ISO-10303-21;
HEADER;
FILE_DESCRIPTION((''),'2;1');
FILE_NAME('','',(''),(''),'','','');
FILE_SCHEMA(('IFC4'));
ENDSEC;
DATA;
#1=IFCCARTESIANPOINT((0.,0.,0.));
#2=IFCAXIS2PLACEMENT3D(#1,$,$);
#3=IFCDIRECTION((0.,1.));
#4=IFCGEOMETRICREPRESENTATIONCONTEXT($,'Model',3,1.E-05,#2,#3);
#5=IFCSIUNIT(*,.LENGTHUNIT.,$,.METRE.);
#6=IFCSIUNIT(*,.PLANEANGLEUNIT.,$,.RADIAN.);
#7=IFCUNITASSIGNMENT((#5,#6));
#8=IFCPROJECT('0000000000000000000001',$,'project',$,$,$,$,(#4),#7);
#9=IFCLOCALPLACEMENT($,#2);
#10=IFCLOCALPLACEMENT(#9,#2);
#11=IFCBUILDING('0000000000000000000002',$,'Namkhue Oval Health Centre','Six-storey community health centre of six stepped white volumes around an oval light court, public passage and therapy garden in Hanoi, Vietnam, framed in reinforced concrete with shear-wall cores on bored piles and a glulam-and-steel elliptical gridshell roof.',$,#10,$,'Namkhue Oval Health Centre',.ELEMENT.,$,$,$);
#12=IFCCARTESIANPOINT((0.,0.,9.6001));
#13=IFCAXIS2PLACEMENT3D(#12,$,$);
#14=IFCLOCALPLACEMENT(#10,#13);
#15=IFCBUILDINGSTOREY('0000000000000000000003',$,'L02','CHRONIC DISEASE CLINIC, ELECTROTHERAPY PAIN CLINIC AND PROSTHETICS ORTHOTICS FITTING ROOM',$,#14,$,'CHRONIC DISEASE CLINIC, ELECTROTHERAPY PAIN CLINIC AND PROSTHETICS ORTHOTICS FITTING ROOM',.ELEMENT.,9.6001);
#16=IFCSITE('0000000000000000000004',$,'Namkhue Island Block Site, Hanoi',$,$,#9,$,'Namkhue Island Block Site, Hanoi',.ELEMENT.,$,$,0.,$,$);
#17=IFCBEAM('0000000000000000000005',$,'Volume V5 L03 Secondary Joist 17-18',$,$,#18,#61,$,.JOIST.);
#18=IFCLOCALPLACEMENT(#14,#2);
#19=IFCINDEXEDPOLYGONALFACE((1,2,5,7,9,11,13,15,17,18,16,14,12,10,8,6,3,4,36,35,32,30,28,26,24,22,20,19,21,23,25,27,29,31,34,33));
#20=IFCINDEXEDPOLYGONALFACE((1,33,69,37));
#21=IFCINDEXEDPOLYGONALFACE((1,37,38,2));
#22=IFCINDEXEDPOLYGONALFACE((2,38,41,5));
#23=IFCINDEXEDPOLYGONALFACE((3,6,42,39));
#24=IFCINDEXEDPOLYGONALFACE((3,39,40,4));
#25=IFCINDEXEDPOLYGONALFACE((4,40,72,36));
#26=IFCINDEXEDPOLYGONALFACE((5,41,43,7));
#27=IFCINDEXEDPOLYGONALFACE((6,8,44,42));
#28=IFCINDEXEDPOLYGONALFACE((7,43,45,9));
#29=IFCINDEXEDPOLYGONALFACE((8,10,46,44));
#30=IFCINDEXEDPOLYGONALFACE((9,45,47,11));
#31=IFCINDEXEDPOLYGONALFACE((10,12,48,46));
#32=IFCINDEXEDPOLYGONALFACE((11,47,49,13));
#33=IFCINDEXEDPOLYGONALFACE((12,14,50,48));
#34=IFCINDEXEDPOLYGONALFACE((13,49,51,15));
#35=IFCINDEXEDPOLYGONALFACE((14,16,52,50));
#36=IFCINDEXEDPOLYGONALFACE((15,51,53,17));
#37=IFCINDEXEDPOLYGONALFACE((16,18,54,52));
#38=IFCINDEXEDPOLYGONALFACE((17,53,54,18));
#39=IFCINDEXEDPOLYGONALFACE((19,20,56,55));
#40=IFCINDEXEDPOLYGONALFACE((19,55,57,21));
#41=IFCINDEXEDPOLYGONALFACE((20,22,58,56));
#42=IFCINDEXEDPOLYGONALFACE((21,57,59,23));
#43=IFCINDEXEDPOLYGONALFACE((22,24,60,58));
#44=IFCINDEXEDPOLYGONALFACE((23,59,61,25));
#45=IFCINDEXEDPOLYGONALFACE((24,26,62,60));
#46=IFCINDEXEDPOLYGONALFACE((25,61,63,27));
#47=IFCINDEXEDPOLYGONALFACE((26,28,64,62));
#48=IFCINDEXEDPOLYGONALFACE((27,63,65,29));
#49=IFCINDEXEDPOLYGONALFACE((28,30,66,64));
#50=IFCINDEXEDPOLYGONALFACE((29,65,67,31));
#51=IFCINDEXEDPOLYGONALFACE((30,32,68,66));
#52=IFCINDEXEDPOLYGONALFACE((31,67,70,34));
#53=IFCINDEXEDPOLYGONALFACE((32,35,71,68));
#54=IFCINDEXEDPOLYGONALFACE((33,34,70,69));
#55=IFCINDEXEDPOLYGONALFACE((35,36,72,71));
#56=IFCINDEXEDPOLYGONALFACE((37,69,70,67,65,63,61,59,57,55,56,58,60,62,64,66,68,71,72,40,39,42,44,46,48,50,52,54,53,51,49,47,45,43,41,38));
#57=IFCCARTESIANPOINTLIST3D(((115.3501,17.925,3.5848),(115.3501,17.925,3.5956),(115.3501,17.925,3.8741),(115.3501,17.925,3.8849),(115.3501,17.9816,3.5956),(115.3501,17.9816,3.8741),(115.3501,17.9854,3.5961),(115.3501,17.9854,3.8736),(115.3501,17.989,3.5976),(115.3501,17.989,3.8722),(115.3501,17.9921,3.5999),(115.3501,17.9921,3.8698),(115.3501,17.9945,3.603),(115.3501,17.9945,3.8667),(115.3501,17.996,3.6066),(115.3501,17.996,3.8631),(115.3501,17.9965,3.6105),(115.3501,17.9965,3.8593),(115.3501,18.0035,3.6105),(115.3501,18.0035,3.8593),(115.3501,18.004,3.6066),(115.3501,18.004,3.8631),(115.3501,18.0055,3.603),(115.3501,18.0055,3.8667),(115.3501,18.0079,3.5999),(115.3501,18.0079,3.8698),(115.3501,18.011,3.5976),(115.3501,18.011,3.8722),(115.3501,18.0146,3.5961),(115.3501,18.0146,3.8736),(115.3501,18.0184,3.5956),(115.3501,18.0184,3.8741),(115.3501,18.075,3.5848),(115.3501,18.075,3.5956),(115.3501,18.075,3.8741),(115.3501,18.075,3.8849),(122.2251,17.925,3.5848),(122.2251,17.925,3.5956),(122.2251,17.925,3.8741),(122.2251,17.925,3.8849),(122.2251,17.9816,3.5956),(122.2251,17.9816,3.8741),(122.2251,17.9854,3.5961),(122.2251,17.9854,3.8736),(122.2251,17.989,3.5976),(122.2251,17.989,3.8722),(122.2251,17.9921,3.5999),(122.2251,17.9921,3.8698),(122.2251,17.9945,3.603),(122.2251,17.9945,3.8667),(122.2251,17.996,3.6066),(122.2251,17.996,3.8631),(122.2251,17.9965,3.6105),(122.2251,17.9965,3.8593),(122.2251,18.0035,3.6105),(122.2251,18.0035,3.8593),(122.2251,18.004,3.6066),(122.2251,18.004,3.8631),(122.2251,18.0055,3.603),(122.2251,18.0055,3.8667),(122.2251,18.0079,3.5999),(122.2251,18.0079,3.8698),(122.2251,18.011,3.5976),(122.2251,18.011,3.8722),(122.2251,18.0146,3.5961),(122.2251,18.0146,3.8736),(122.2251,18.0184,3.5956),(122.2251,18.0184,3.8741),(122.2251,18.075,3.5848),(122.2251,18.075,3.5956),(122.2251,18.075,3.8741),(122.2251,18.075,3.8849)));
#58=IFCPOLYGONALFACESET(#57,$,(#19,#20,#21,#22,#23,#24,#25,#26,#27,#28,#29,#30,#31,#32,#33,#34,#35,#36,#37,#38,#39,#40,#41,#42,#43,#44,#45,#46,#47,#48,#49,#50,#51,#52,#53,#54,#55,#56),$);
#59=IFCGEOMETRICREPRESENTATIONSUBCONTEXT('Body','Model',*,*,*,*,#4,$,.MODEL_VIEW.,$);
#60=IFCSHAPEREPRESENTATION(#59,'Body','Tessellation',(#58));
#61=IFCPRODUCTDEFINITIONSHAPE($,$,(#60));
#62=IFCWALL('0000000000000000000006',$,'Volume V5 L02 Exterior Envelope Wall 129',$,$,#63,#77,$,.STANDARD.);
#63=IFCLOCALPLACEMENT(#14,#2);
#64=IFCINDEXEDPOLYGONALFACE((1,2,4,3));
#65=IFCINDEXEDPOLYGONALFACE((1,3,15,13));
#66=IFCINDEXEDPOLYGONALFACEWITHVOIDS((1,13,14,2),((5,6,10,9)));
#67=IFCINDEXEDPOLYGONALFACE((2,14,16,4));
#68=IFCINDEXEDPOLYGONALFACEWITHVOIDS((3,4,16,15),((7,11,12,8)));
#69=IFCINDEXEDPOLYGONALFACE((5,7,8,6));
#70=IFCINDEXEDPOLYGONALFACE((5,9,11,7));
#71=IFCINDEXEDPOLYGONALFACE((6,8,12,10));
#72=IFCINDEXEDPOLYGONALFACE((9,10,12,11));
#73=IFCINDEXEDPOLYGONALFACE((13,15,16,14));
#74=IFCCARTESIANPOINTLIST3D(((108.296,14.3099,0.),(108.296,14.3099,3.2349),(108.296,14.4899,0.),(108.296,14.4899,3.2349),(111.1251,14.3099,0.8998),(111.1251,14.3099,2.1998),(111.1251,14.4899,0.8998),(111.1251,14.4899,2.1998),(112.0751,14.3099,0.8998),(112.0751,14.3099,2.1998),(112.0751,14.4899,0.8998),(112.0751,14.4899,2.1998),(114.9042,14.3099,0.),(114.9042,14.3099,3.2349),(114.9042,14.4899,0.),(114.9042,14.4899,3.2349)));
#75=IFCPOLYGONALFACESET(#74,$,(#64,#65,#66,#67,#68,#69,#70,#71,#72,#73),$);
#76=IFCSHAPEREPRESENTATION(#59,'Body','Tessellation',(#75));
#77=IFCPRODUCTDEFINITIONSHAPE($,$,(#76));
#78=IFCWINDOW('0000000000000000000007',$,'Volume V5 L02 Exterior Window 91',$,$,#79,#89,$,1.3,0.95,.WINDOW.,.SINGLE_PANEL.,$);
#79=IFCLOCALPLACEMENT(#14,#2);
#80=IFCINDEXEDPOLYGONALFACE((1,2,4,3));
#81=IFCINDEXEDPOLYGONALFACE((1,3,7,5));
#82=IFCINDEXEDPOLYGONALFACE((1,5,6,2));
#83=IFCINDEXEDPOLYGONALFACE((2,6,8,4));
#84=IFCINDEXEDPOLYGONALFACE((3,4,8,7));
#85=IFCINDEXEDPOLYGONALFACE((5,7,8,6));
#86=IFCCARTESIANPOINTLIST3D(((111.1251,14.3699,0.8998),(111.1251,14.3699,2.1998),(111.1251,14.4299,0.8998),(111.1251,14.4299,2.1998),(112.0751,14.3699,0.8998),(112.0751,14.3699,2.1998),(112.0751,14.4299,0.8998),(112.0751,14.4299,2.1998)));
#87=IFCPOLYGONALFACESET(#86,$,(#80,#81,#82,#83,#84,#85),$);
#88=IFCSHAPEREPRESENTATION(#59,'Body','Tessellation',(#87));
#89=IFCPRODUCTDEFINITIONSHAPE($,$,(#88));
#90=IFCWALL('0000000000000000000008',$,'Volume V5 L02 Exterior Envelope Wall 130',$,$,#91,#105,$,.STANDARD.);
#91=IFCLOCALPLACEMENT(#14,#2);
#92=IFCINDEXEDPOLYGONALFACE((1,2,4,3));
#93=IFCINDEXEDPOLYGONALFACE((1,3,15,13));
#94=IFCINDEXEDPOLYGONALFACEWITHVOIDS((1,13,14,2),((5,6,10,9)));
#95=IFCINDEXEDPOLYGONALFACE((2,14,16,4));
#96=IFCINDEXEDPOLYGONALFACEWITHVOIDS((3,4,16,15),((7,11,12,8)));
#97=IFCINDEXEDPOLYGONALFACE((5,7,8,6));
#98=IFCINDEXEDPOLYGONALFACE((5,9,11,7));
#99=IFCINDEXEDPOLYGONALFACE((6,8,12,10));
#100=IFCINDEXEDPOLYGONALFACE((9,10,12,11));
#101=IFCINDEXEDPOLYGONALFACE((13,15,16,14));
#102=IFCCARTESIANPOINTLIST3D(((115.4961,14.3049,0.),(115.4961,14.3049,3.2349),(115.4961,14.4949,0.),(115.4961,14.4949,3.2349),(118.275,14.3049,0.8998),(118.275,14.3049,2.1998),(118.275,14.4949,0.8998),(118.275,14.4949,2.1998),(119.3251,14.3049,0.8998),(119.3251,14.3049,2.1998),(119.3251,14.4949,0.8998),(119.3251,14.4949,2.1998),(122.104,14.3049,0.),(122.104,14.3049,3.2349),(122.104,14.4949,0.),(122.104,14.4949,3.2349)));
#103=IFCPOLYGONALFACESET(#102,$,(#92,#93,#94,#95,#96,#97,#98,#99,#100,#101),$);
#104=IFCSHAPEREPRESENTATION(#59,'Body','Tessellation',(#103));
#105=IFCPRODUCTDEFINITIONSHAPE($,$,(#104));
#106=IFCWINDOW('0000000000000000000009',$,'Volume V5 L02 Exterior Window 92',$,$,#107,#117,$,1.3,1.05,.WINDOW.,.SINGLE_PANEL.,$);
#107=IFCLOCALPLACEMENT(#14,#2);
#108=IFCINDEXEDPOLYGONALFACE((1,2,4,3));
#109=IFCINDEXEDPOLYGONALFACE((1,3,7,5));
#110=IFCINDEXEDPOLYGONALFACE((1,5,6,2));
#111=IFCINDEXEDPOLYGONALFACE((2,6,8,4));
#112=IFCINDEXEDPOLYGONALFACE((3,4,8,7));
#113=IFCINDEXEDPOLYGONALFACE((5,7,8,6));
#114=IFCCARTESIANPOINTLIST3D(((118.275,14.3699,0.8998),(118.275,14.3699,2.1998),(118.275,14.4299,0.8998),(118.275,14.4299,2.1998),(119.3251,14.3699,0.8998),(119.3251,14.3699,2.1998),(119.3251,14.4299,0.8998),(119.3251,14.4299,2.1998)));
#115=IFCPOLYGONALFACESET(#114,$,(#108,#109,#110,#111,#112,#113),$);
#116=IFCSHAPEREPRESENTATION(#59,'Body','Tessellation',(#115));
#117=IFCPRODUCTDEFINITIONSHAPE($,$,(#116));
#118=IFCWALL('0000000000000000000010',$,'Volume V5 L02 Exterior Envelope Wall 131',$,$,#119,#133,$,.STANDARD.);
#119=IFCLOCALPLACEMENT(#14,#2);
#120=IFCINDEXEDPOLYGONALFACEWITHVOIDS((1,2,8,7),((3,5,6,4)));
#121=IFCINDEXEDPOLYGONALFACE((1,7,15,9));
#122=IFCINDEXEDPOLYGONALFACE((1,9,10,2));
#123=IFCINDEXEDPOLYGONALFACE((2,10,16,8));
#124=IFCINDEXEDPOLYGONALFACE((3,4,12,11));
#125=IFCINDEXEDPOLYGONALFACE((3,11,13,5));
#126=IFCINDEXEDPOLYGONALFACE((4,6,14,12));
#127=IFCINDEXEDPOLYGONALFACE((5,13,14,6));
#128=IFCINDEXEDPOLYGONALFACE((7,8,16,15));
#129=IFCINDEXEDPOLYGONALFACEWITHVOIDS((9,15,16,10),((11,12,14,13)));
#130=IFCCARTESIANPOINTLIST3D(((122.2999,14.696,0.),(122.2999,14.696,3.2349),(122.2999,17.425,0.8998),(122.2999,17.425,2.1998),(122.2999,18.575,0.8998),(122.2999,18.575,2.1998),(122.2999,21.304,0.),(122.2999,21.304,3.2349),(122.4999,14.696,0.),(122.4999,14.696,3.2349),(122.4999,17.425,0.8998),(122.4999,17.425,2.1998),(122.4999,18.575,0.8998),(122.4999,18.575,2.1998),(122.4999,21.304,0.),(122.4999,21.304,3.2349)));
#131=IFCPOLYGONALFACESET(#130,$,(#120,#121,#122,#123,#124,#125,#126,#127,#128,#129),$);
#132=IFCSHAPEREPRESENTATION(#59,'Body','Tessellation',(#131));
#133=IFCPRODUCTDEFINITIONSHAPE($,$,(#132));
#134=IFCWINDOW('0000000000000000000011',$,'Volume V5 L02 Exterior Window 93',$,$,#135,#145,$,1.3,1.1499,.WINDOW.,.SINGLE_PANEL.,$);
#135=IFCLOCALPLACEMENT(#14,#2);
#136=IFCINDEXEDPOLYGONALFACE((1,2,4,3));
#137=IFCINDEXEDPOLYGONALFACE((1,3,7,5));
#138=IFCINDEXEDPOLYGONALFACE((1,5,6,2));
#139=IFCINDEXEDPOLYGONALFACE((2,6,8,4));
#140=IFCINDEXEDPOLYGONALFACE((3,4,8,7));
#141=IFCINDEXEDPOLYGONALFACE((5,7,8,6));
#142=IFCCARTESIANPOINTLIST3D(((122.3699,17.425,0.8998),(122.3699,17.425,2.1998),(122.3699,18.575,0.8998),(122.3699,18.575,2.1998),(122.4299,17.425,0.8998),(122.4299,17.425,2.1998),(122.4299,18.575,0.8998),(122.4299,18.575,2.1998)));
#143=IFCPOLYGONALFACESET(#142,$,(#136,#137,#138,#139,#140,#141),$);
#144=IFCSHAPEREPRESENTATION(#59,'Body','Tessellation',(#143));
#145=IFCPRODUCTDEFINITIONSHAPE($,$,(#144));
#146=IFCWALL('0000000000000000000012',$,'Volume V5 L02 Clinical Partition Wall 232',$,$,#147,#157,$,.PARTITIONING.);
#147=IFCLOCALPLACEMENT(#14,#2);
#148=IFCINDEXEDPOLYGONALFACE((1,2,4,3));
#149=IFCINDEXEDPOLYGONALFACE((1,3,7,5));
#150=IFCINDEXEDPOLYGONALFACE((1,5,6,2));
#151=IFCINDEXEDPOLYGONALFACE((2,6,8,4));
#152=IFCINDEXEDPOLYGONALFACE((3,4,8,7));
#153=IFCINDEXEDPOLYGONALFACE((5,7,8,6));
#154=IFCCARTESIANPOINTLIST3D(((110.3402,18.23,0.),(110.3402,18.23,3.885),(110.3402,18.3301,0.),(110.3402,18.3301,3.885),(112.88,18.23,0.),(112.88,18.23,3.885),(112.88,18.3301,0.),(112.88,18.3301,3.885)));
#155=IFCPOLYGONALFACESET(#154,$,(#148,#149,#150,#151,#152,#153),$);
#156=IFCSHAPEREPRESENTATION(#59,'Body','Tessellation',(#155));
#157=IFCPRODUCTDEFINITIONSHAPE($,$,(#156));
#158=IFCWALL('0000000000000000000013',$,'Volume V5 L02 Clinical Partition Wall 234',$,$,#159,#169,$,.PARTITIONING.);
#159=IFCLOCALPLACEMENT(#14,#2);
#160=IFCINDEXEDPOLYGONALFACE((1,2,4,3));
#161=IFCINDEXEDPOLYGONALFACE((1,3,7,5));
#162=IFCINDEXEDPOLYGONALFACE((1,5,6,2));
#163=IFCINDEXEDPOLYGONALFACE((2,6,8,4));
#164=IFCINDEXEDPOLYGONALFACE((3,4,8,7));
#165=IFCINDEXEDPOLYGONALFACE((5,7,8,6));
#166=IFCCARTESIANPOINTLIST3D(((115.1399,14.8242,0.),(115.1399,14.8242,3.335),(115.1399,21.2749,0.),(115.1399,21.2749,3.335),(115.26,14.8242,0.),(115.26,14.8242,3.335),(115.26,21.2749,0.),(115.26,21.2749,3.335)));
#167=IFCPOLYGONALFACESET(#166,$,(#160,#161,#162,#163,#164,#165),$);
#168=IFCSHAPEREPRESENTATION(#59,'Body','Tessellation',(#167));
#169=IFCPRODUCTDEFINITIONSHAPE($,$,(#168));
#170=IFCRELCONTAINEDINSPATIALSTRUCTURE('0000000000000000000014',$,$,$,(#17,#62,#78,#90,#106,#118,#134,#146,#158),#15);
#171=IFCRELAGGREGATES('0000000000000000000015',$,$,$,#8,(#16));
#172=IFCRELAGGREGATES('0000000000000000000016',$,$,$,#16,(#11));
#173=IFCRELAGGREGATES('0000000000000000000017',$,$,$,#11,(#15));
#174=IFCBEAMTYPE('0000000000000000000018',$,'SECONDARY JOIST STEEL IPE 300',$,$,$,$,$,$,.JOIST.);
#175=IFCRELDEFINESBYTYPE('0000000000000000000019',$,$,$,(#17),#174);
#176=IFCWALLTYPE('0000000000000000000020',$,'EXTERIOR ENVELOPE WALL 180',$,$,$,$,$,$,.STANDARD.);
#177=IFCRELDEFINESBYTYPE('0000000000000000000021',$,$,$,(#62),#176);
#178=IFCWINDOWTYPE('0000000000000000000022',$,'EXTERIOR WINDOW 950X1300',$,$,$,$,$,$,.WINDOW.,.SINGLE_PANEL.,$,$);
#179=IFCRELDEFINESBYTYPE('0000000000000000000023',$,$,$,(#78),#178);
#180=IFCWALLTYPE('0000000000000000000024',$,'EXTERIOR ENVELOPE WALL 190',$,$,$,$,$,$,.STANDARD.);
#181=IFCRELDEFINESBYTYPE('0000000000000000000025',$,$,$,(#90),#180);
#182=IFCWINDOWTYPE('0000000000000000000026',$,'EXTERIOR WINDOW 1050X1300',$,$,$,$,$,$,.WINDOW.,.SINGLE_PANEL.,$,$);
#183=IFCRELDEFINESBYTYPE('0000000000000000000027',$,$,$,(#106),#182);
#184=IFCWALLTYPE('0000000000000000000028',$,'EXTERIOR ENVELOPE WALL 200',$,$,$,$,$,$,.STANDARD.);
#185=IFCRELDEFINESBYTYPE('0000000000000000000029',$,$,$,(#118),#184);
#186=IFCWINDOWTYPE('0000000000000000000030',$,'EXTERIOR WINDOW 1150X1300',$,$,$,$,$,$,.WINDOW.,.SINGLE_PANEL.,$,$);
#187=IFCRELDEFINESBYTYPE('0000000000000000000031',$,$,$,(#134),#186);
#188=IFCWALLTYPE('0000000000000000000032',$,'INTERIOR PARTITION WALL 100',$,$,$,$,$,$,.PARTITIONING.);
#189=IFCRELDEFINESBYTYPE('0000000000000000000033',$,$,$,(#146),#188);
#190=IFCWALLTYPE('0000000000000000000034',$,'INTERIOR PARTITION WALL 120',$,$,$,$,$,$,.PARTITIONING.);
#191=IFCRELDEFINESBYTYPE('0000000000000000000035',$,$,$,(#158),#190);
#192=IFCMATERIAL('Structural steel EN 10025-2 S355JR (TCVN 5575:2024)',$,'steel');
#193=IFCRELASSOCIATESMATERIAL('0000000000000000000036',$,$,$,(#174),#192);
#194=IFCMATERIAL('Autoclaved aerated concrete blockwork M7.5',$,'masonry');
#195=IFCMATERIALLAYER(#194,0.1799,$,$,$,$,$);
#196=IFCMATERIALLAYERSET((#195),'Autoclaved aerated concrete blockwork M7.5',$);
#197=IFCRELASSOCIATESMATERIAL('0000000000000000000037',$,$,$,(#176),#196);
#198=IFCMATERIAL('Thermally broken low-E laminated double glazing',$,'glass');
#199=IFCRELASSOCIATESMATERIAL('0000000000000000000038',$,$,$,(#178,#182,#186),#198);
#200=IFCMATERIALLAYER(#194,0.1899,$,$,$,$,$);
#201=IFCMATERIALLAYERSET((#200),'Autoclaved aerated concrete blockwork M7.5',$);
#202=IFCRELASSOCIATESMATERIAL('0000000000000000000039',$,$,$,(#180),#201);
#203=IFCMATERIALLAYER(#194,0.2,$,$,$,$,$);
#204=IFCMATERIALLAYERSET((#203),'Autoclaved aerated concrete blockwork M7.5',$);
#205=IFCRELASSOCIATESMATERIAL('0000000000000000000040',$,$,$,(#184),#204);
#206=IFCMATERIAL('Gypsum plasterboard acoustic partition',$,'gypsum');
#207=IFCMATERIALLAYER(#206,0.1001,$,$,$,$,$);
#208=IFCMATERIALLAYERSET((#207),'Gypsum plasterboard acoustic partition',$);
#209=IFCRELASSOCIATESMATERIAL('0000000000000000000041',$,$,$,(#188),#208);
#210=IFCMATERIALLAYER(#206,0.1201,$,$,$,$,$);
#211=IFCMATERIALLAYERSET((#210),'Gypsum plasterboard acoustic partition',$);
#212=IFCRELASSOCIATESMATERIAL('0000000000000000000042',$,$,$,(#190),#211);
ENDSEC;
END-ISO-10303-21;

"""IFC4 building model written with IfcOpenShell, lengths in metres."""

from ifc_helpers import new_model, si_unit, direction, frame, frame_2d, origin, origin_2d, place, context, subcontext, project, spatial, rectangle, i_section, extrude, material, layer, layer_set, material_profile, profile_set, type_object, element, fill, save


model = new_model("IFC4")

# Units and contexts
model_context = context("Model", 3, precision=1e-05, world=origin(), true_north=direction((0.0, 1.0)))
body_context = subcontext(model_context, "Body", "Model", "MODEL_VIEW")
ifc_project = project(units=[si_unit("LENGTHUNIT", "METRE"), si_unit("PLANEANGLEUNIT", "RADIAN")], contexts=[model_context])

# Site, building, storey
site_placement = place(None, origin())
site = spatial("IfcSite", under=ifc_project, at=site_placement, Name="Namkhue Island Block Site, Hanoi", LongName="Namkhue Island Block Site, Hanoi", CompositionType="ELEMENT", RefElevation=0.0)
building_placement = place(site_placement, origin())
building = spatial("IfcBuilding", under=site, at=building_placement, Name="Namkhue Oval Health Centre", Description="Six-storey community health centre of six stepped white volumes around an oval light court, public passage and therapy garden in Hanoi, Vietnam, framed in reinforced concrete with shear-wall cores on bored piles and a glulam-and-steel elliptical gridshell roof.", LongName="Namkhue Oval Health Centre", CompositionType="ELEMENT")
storey_placement = place(building_placement, frame((0.0, 0.0, 9.6001)))
storey = spatial("IfcBuildingStorey", under=building, at=storey_placement, Name="L02", Description="CHRONIC DISEASE CLINIC, ELECTROTHERAPY PAIN CLINIC AND PROSTHETICS ORTHOTICS FITTING ROOM", LongName="CHRONIC DISEASE CLINIC, ELECTROTHERAPY PAIN CLINIC AND PROSTHETICS ORTHOTICS FITTING ROOM", CompositionType="ELEMENT", Elevation=9.6001)

# Beam
ifc_material_1 = material(Name="Structural steel EN 10025-2 S355JR (TCVN 5575:2024)", Category="steel")
ifc_material_profile_1 = material_profile(ifc_material_1, i_section(OverallWidth=0.1499, OverallDepth=0.3, WebThickness=0.0071, FlangeThickness=0.0107, FilletRadius=0.0149, at=origin_2d()), Name="IPE 300")
ifc_profile_set_1 = profile_set([ifc_material_profile_1], Name="Structural steel EN 10025-2 S355JR (TCVN 5575:2024)")
beam_type_1 = type_object("IfcBeamType", Name="SECONDARY JOIST STEEL IPE 300", PredefinedType="JOIST", material=ifc_profile_set_1)
beam_1_placement = place(storey_placement, frame((115.3501, 18.0, 3.7349), z_axis=(1.0, 0.0, 0.0), x_axis=(0.0, 1.0, 0.0)))
element("IfcBeam", 1, at=beam_1_placement, inside=storey, type_object=beam_type_1, Name="Volume V5 L03 Secondary Joist 17-18", PredefinedType="JOIST", context=body_context, shape_type="SweptSolid", body=[
    extrude(i_section(OverallWidth=0.1499, OverallDepth=0.3, WebThickness=0.0071, FlangeThickness=0.0107, FilletRadius=0.0149, at=origin_2d()), origin(), (0.0, 0.0, 1.0), 6.875),
])

# Walls, openings, windows
ifc_material_2 = material(Name="Autoclaved aerated concrete blockwork M7.5", Category="masonry")
ifc_layer_1 = layer(ifc_material_2, 0.1799)
ifc_layer_set_1 = layer_set([ifc_layer_1], Name="Autoclaved aerated concrete blockwork M7.5")
wall_type_1 = type_object("IfcWallType", Name="EXTERIOR ENVELOPE WALL 180", PredefinedType="STANDARD", material=ifc_layer_set_1)
wall_1_placement = place(storey_placement, frame((108.2959, 14.3999, 0.0), z_axis=(0.0, 0.0, 1.0), x_axis=(1.0, 0.0, 0.0)))
wall_1 = element("IfcWall", 2, at=wall_1_placement, inside=storey, type_object=wall_type_1, Name="Volume V5 L02 Exterior Envelope Wall 129", PredefinedType="STANDARD", context=body_context, shape_type="SweptSolid", body=[
    extrude(rectangle(XDim=6.6082, YDim=0.1799, at=frame_2d((3.3042, 0.0))), origin(), (0.0, 0.0, 1.0), 3.2349),
])
opening_1_placement = place(wall_1_placement, frame((2.8291, 0.0, 0.8999)))
opening_1 = element("IfcOpeningElement", 3, at=opening_1_placement, cuts=wall_1, PredefinedType="OPENING", context=body_context, shape_type="SweptSolid", body=[
    extrude(rectangle(XDim=0.95, YDim=1.3, at=frame_2d((0.4751, 0.6499))), frame((0.0, 0.0999, 0.0), z_axis=(0.0, -1.0, 0.0), x_axis=(1.0, 0.0, 0.0)), (0.0, 0.0, 1.0), 0.2),
])
ifc_material_3 = material(Name="Thermally broken low-E laminated double glazing", Category="glass")
window_type_1 = type_object("IfcWindowType", Name="EXTERIOR WINDOW 950X1300", PartitioningType="SINGLE_PANEL", PredefinedType="WINDOW", material=ifc_material_3)
window_1_placement = place(opening_1_placement, origin())
window_1 = element("IfcWindow", 4, at=window_1_placement, inside=storey, type_object=window_type_1, Name="Volume V5 L02 Exterior Window 91", OverallHeight=1.3, OverallWidth=0.95, PartitioningType="SINGLE_PANEL", PredefinedType="WINDOW", context=body_context, shape_type="SweptSolid", body=[
    extrude(rectangle(XDim=0.95, YDim=1.3, at=frame_2d((0.4751, 0.6499))), frame((0.0, 0.03, 0.0), z_axis=(0.0, -1.0, 0.0), x_axis=(1.0, 0.0, 0.0)), (0.0, 0.0, 1.0), 0.0601),
])
fill(opening_1, window_1)
ifc_layer_2 = layer(ifc_material_2, 0.1899)
ifc_layer_set_2 = layer_set([ifc_layer_2], Name="Autoclaved aerated concrete blockwork M7.5")
wall_type_2 = type_object("IfcWallType", Name="EXTERIOR ENVELOPE WALL 190", PredefinedType="STANDARD", material=ifc_layer_set_2)
wall_2_placement = place(storey_placement, frame((115.4961, 14.3999, 0.0), z_axis=(0.0, 0.0, 1.0), x_axis=(1.0, 0.0, 0.0)))
wall_2 = element("IfcWall", 5, at=wall_2_placement, inside=storey, type_object=wall_type_2, Name="Volume V5 L02 Exterior Envelope Wall 130", PredefinedType="STANDARD", context=body_context, shape_type="SweptSolid", body=[
    extrude(rectangle(XDim=6.6079, YDim=0.1899, at=frame_2d((3.304, 0.0))), origin(), (0.0, 0.0, 1.0), 3.2349),
])
opening_2_placement = place(wall_2_placement, frame((2.7791, 0.0, 0.8999)))
opening_2 = element("IfcOpeningElement", 6, at=opening_2_placement, cuts=wall_2, PredefinedType="OPENING", context=body_context, shape_type="SweptSolid", body=[
    extrude(rectangle(XDim=1.05, YDim=1.3, at=frame_2d((0.5249, 0.6499))), frame((0.0, 0.105, 0.0), z_axis=(0.0, -1.0, 0.0), x_axis=(1.0, 0.0, 0.0)), (0.0, 0.0, 1.0), 0.21),
])
window_type_2 = type_object("IfcWindowType", Name="EXTERIOR WINDOW 1050X1300", PartitioningType="SINGLE_PANEL", PredefinedType="WINDOW", material=ifc_material_3)
window_2_placement = place(opening_2_placement, origin())
window_2 = element("IfcWindow", 7, at=window_2_placement, inside=storey, type_object=window_type_2, Name="Volume V5 L02 Exterior Window 92", OverallHeight=1.3, OverallWidth=1.05, PartitioningType="SINGLE_PANEL", PredefinedType="WINDOW", context=body_context, shape_type="SweptSolid", body=[
    extrude(rectangle(XDim=1.05, YDim=1.3, at=frame_2d((0.5249, 0.6499))), frame((0.0, 0.03, 0.0), z_axis=(0.0, -1.0, 0.0), x_axis=(1.0, 0.0, 0.0)), (0.0, 0.0, 1.0), 0.0601),
])
fill(opening_2, window_2)
ifc_layer_3 = layer(ifc_material_2, 0.2)
ifc_layer_set_3 = layer_set([ifc_layer_3], Name="Autoclaved aerated concrete blockwork M7.5")
wall_type_3 = type_object("IfcWallType", Name="EXTERIOR ENVELOPE WALL 200", PredefinedType="STANDARD", material=ifc_layer_set_3)
wall_3_placement = place(storey_placement, frame((122.3999, 14.696, 0.0), z_axis=(0.0, 0.0, 1.0), x_axis=(0.0, 1.0, 0.0)))
wall_3 = element("IfcWall", 8, at=wall_3_placement, inside=storey, type_object=wall_type_3, Name="Volume V5 L02 Exterior Envelope Wall 131", PredefinedType="STANDARD", context=body_context, shape_type="SweptSolid", body=[
    extrude(rectangle(XDim=6.6079, YDim=0.2, at=frame_2d((3.304, 0.0))), origin(), (0.0, 0.0, 1.0), 3.2349),
])
opening_3_placement = place(wall_3_placement, frame((2.729, 0.0, 0.8999)))
opening_3 = element("IfcOpeningElement", 9, at=opening_3_placement, cuts=wall_3, PredefinedType="OPENING", context=body_context, shape_type="SweptSolid", body=[
    extrude(rectangle(XDim=1.1499, YDim=1.3, at=frame_2d((0.575, 0.6499))), frame((0.0, 0.1099, 0.0), z_axis=(0.0, -1.0, 0.0), x_axis=(1.0, 0.0, 0.0)), (0.0, 0.0, 1.0), 0.22),
])
window_type_3 = type_object("IfcWindowType", Name="EXTERIOR WINDOW 1150X1300", PartitioningType="SINGLE_PANEL", PredefinedType="WINDOW", material=ifc_material_3)
window_3_placement = place(opening_3_placement, origin())
window_3 = element("IfcWindow", 10, at=window_3_placement, inside=storey, type_object=window_type_3, Name="Volume V5 L02 Exterior Window 93", OverallHeight=1.3, OverallWidth=1.1499, PartitioningType="SINGLE_PANEL", PredefinedType="WINDOW", context=body_context, shape_type="SweptSolid", body=[
    extrude(rectangle(XDim=1.1499, YDim=1.3, at=frame_2d((0.575, 0.6499))), frame((0.0, 0.03, 0.0), z_axis=(0.0, -1.0, 0.0), x_axis=(1.0, 0.0, 0.0)), (0.0, 0.0, 1.0), 0.0601),
])
fill(opening_3, window_3)

# Walls
ifc_material_4 = material(Name="Gypsum plasterboard acoustic partition", Category="gypsum")
ifc_layer_4 = layer(ifc_material_4, 0.1001)
ifc_layer_set_4 = layer_set([ifc_layer_4], Name="Gypsum plasterboard acoustic partition")
wall_type_4 = type_object("IfcWallType", Name="INTERIOR PARTITION WALL 100", PredefinedType="PARTITIONING", material=ifc_layer_set_4)
wall_4_placement = place(storey_placement, frame((110.3401, 18.28, 0.0), z_axis=(0.0, 0.0, 1.0), x_axis=(1.0, 0.0, 0.0)))
element("IfcWall", 11, at=wall_4_placement, inside=storey, type_object=wall_type_4, Name="Volume V5 L02 Clinical Partition Wall 232", PredefinedType="PARTITIONING", context=body_context, shape_type="SweptSolid", body=[
    extrude(rectangle(XDim=2.5398, YDim=0.1001, at=frame_2d((1.27, 0.0))), origin(), (0.0, 0.0, 1.0), 3.885),
])
ifc_layer_5 = layer(ifc_material_4, 0.1201)
ifc_layer_set_5 = layer_set([ifc_layer_5], Name="Gypsum plasterboard acoustic partition")
wall_type_5 = type_object("IfcWallType", Name="INTERIOR PARTITION WALL 120", PredefinedType="PARTITIONING", material=ifc_layer_set_5)
wall_5_placement = place(storey_placement, frame((115.2, 14.8242, 0.0), z_axis=(0.0, 0.0, 1.0), x_axis=(0.0, 1.0, 0.0)))
element("IfcWall", 12, at=wall_5_placement, inside=storey, type_object=wall_type_5, Name="Volume V5 L02 Clinical Partition Wall 234", PredefinedType="PARTITIONING", context=body_context, shape_type="SweptSolid", body=[
    extrude(rectangle(XDim=6.4507, YDim=0.1201, at=frame_2d((3.2253, 0.0))), origin(), (0.0, 0.0, 1.0), 3.335),
])

save(model, "model.ifc")
